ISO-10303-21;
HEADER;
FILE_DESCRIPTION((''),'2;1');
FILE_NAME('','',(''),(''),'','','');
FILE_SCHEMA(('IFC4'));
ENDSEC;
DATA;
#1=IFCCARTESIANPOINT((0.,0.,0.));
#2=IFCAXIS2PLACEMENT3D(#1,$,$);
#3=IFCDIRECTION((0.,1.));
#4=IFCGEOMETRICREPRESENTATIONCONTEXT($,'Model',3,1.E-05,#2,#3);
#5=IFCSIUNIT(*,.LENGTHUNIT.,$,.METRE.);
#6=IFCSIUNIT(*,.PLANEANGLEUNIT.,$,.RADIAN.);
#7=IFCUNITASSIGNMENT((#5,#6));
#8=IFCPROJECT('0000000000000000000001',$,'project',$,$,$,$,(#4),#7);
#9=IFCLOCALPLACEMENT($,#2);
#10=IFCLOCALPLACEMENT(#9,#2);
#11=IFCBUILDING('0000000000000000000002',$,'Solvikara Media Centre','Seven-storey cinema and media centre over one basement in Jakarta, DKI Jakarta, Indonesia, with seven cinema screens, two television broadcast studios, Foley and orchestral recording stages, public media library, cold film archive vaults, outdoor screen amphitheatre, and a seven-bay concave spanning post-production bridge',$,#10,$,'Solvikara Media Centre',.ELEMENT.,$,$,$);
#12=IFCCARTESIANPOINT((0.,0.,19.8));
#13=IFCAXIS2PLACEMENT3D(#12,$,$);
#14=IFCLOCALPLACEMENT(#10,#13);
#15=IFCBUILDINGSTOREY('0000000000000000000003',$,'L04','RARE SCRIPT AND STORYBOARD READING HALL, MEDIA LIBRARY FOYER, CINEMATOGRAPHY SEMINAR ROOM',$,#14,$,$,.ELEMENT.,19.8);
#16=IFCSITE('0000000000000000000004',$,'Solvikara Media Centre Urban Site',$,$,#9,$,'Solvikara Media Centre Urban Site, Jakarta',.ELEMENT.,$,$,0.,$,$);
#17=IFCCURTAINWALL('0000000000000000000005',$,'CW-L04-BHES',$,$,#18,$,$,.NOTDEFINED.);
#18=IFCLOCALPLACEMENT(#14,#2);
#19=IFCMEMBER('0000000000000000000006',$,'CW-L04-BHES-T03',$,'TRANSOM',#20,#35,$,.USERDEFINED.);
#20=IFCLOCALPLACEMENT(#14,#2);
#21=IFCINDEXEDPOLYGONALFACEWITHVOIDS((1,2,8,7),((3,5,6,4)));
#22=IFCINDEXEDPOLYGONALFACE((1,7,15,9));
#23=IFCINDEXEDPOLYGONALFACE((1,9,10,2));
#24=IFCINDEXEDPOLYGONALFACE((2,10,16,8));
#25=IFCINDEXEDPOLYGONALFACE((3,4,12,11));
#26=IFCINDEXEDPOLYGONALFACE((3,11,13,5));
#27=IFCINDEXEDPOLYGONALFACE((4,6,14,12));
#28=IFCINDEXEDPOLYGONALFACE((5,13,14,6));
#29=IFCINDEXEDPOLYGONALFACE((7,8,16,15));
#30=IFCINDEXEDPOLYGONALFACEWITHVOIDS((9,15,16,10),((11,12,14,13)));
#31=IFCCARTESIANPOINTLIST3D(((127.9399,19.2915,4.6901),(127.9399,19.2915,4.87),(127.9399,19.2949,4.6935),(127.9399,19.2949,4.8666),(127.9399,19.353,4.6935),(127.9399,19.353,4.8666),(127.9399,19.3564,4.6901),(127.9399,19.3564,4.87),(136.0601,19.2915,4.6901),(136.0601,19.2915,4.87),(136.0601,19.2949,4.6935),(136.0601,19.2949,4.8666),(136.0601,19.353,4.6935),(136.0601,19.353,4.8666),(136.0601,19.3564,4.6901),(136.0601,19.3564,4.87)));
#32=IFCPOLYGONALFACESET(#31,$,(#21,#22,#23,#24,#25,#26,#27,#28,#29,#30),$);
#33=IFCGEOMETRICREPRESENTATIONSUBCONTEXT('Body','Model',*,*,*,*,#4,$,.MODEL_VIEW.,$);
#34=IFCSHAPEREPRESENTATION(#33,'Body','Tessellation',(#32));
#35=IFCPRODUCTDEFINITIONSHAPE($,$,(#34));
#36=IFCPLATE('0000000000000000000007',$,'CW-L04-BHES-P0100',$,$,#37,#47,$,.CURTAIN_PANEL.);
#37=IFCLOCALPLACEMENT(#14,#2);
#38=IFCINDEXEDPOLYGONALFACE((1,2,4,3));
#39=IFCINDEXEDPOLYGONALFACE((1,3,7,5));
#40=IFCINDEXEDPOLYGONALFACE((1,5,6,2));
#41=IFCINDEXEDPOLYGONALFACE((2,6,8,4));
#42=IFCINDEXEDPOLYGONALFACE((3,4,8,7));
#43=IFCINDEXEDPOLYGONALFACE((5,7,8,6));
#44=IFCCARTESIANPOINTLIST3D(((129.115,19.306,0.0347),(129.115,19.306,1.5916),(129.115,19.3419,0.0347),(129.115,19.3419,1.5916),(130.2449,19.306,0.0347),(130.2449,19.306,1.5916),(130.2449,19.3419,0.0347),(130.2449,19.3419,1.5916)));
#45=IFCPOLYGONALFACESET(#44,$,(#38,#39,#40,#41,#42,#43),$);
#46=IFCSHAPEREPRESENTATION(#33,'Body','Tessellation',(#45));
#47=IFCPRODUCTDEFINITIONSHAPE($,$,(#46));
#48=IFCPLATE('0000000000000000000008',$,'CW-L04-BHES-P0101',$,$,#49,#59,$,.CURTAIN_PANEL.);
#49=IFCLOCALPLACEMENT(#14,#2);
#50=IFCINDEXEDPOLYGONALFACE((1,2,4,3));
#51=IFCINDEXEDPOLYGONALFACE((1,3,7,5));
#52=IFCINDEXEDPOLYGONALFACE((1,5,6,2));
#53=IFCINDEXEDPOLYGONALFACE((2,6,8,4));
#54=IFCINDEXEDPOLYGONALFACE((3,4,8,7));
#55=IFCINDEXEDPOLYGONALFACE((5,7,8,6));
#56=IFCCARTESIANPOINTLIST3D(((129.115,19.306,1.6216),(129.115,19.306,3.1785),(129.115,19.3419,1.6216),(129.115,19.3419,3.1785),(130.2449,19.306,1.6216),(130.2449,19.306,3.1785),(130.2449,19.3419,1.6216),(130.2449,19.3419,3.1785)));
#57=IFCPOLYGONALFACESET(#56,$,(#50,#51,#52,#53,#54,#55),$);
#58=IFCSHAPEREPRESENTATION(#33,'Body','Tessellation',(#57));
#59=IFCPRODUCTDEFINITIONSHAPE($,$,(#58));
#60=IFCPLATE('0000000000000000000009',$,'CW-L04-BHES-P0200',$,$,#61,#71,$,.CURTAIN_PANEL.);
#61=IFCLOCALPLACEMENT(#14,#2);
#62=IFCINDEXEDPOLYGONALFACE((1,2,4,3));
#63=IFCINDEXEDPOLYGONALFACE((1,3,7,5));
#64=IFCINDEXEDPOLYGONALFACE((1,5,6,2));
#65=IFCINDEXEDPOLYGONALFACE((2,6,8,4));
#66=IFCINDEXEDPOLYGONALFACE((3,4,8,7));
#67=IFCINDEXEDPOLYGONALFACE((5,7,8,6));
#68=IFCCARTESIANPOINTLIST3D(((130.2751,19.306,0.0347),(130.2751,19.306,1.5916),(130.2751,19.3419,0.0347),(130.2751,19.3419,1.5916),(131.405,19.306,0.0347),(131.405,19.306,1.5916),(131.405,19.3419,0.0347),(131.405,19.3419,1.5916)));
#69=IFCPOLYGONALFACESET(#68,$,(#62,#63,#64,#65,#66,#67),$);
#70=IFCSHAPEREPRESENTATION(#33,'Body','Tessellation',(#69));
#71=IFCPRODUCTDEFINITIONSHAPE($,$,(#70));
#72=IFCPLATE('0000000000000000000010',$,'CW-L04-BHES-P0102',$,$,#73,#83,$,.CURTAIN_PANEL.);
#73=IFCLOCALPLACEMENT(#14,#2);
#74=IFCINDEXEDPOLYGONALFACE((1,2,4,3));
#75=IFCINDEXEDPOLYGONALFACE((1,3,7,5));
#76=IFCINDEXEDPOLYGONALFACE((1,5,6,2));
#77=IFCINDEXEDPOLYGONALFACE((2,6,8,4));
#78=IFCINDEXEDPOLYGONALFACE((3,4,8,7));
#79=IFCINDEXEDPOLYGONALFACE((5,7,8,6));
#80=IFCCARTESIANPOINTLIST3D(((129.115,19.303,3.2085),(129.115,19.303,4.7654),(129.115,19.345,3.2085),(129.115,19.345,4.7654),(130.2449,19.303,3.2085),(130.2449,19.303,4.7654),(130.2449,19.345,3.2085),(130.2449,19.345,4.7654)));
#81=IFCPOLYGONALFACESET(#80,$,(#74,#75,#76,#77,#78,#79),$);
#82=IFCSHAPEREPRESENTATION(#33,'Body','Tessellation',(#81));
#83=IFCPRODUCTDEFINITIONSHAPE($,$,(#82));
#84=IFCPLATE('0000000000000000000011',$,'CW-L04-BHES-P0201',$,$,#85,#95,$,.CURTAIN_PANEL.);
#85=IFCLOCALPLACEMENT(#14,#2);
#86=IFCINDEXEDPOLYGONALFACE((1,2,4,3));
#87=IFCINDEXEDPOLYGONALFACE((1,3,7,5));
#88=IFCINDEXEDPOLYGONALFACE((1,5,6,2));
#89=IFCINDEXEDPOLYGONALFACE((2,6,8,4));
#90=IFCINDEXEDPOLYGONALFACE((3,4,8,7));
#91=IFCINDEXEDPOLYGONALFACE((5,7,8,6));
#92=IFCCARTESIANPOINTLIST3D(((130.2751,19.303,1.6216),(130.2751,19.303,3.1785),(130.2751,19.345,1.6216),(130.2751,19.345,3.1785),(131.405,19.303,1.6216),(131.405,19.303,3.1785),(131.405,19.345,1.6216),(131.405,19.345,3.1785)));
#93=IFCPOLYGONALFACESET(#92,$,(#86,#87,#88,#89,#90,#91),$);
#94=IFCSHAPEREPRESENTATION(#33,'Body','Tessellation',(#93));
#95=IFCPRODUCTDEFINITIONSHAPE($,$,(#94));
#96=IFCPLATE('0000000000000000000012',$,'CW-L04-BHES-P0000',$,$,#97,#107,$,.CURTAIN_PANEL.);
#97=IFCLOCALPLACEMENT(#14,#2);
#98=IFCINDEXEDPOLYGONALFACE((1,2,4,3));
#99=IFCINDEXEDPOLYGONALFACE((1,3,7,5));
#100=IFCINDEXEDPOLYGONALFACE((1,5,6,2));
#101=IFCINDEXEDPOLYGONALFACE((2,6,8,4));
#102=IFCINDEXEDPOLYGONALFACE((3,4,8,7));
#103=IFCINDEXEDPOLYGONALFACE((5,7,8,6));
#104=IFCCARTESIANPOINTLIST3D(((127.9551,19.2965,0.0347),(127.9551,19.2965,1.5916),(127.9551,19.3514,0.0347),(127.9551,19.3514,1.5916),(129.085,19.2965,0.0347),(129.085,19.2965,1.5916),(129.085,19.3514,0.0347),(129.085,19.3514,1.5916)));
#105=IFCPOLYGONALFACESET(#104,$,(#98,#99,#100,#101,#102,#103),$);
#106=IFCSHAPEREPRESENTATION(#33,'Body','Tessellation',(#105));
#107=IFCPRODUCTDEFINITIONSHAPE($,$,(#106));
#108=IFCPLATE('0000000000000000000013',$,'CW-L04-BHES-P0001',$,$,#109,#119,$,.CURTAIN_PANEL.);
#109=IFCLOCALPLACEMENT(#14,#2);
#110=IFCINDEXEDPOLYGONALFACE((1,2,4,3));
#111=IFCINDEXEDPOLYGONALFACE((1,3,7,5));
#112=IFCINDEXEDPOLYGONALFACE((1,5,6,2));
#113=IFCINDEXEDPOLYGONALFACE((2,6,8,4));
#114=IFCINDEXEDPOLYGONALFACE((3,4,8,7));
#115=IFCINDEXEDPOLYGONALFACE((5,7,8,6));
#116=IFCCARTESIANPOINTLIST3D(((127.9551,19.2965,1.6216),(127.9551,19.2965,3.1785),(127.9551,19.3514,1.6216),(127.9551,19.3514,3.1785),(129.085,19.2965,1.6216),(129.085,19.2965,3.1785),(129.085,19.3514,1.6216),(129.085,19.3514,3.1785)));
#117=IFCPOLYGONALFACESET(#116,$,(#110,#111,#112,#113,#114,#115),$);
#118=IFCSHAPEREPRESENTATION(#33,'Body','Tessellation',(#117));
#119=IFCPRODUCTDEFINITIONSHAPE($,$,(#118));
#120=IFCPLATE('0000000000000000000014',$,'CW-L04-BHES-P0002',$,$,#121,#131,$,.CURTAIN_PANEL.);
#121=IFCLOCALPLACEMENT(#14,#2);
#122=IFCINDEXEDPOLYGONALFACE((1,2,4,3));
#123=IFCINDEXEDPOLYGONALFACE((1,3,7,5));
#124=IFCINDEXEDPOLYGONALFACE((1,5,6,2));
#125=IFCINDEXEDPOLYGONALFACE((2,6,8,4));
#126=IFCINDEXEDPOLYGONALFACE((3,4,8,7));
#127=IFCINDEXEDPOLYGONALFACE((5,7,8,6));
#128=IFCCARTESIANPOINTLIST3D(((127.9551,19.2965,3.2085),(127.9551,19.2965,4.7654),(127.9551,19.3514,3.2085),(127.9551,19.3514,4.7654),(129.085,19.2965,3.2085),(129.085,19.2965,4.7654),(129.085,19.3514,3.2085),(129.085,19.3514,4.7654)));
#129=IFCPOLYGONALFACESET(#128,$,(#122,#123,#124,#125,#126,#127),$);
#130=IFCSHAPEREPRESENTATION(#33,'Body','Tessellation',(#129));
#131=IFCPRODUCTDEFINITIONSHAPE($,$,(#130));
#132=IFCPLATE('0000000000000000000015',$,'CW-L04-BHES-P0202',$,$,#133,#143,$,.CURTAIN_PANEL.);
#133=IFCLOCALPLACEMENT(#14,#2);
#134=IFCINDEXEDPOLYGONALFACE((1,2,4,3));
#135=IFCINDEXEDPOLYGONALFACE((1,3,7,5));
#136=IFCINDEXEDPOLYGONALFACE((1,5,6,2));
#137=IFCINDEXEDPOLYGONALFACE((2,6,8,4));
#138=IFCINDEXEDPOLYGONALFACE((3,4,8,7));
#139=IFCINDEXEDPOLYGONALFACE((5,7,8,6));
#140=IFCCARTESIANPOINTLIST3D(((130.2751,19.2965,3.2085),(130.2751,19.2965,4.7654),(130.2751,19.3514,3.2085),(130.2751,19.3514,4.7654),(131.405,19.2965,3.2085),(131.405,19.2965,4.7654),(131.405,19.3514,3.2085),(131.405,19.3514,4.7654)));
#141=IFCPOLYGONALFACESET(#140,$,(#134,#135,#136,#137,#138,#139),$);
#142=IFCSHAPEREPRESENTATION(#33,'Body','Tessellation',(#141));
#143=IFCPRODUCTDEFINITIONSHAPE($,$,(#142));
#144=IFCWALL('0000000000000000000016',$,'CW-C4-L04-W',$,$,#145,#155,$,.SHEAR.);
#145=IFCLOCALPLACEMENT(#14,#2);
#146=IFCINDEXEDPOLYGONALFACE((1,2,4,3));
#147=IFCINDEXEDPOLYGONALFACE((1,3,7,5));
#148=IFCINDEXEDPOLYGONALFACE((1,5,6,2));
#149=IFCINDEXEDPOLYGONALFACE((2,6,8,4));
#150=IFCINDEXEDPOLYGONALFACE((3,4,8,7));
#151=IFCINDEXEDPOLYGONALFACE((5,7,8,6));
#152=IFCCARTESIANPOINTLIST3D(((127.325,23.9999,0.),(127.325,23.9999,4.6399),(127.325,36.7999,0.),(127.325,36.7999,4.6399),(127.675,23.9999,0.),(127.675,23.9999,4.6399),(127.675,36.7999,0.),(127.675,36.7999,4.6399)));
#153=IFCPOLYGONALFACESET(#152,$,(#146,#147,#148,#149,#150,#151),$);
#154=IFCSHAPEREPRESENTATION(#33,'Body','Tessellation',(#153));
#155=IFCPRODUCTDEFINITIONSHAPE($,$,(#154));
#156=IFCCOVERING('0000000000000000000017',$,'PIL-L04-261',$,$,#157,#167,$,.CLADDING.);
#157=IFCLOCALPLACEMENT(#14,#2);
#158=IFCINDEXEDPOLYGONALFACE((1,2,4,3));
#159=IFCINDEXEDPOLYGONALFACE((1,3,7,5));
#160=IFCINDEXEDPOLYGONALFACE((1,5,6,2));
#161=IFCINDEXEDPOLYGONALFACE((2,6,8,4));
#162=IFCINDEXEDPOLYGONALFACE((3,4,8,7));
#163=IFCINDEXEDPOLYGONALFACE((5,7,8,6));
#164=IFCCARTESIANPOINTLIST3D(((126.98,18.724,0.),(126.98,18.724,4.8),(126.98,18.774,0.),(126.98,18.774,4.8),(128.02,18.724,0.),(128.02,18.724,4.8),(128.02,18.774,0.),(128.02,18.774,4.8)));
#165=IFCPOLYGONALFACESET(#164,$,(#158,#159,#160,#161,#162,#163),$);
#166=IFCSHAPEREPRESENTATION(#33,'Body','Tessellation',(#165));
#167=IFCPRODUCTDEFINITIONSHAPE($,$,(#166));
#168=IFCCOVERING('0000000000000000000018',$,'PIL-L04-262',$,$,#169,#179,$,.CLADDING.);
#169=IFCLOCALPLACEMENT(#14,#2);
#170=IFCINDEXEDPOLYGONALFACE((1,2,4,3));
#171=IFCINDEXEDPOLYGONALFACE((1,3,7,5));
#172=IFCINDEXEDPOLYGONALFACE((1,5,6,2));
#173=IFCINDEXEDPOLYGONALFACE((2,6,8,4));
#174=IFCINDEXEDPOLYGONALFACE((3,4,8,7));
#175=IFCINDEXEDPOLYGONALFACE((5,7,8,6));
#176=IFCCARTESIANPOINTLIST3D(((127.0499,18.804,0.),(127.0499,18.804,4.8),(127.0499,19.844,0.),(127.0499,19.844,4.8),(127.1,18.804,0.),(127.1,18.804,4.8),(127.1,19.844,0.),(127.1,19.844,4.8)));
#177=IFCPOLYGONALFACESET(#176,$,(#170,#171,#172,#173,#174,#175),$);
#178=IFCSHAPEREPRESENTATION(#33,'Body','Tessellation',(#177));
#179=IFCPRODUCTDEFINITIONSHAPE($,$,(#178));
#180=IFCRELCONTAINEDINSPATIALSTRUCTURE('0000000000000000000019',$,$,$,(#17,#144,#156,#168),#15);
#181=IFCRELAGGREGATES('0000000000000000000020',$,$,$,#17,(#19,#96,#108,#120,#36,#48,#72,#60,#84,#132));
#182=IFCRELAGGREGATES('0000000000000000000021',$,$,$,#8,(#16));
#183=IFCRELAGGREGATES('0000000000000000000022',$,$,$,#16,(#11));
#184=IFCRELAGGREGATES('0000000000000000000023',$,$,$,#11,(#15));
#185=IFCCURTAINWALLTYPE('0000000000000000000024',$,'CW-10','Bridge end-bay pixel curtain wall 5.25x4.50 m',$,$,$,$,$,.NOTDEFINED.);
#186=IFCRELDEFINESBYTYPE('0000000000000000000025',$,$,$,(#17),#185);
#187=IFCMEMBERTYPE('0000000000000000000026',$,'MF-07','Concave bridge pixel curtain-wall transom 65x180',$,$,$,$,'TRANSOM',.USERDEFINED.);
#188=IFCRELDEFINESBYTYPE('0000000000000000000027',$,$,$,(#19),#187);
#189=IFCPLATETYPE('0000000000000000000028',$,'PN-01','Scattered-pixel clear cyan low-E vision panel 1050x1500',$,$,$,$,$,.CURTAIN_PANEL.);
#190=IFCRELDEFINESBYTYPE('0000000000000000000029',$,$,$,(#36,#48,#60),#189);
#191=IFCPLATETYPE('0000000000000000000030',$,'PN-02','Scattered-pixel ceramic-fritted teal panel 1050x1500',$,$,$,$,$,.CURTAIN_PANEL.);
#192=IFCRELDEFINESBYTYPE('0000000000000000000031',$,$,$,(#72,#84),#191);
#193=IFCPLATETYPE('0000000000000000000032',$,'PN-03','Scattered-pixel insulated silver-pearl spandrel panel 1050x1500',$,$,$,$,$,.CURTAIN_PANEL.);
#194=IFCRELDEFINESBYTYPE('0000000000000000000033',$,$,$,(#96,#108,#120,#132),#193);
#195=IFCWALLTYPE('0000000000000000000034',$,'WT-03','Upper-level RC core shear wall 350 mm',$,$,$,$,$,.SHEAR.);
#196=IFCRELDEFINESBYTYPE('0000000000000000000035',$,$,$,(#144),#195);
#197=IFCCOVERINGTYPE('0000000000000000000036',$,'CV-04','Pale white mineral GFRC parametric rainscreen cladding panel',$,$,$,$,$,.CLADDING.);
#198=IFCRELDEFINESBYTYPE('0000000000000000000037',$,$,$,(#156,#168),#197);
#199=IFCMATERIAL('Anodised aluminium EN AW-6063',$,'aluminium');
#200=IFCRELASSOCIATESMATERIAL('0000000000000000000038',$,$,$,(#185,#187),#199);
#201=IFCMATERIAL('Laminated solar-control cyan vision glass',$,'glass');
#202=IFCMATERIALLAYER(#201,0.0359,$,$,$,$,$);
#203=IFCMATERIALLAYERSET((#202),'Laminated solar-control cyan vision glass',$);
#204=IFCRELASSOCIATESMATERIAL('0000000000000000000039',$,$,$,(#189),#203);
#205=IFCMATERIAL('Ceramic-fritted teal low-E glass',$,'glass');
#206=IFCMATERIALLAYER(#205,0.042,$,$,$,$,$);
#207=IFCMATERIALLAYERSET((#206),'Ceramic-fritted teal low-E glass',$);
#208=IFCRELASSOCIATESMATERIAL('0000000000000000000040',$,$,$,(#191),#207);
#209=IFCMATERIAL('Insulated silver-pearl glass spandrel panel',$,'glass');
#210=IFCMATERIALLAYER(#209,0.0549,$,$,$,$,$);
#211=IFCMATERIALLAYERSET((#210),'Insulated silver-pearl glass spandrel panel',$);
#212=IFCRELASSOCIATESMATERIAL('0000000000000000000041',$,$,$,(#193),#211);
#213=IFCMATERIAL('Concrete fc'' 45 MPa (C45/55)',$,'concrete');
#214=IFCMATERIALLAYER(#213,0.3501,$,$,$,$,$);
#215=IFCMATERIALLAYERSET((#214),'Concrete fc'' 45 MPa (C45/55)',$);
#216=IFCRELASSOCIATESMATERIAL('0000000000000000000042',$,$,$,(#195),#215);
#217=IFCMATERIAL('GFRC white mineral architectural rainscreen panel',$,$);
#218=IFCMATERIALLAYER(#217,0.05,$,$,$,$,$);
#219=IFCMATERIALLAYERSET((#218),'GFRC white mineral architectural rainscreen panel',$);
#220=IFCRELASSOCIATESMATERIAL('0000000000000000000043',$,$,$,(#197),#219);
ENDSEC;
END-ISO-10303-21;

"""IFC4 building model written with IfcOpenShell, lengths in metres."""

from ifc_helpers import new_model, si_unit, direction, frame, frame_2d, origin, origin_2d, place, context, subcontext, project, spatial, rectangle, hollow_rectangle, extrude, material, layer, layer_set, material_profile, profile_set, type_object, element, aggregate, save


model = new_model("IFC4")

# Units and contexts
model_context = context("Model", 3, precision=1e-05, world=origin(), true_north=direction((0.0, 1.0)))
body_context = subcontext(model_context, "Body", "Model", "MODEL_VIEW")
ifc_project = project(units=[si_unit("LENGTHUNIT", "METRE"), si_unit("PLANEANGLEUNIT", "RADIAN")], contexts=[model_context])

# Site, building, storey
site_placement = place(None, origin())
site = spatial("IfcSite", under=ifc_project, at=site_placement, Name="Solvikara Media Centre Urban Site", LongName="Solvikara Media Centre Urban Site, Jakarta", CompositionType="ELEMENT", RefElevation=0.0)
building_placement = place(site_placement, origin())
building = spatial("IfcBuilding", under=site, at=building_placement, Name="Solvikara Media Centre", Description="Seven-storey cinema and media centre over one basement in Jakarta, DKI Jakarta, Indonesia, with seven cinema screens, two television broadcast studios, Foley and orchestral recording stages, public media library, cold film archive vaults, outdoor screen amphitheatre, and a seven-bay concave spanning post-production bridge", LongName="Solvikara Media Centre", CompositionType="ELEMENT")
storey_placement = place(building_placement, frame((0.0, 0.0, 19.8)))
storey = spatial("IfcBuildingStorey", under=building, at=storey_placement, Name="L04", Description="RARE SCRIPT AND STORYBOARD READING HALL, MEDIA LIBRARY FOYER, CINEMATOGRAPHY SEMINAR ROOM", CompositionType="ELEMENT", Elevation=19.8)

# Shared definitions
ifc_material_1 = material(Name="Concrete fc' 45 MPa (C45/55)", Category="concrete")

# Curtain wall, member, plates
ifc_material_2 = material(Name="Anodised aluminium EN AW-6063", Category="aluminium")
curtain_wall_type = type_object("IfcCurtainWallType", Name="CW-10", Description="Bridge end-bay pixel curtain wall 5.25x4.50 m", PredefinedType="NOTDEFINED", material=ifc_material_2)
curtain_wall_placement = place(storey_placement, origin())
curtain_wall = element("IfcCurtainWall", 1, at=curtain_wall_placement, inside=storey, type_object=curtain_wall_type, Name="CW-L04-BHES", PredefinedType="NOTDEFINED")
ifc_material_profile_1 = material_profile(ifc_material_2, hollow_rectangle(XDim=0.0649, YDim=0.1799, WallThickness=0.0034, at=origin_2d()), Name="ALU-T 65x180x3.5")
ifc_profile_set_1 = profile_set([ifc_material_profile_1], Name="Anodised aluminium EN AW-6063")
member_type_1 = type_object("IfcMemberType", Name="MF-07", Description="Concave bridge pixel curtain-wall transom 65x180", ElementType="TRANSOM", PredefinedType="USERDEFINED", material=ifc_profile_set_1)
member_1_placement = place(storey_placement, frame((127.9399, 19.324, 4.78), z_axis=(1.0, 0.0, 0.0), x_axis=(0.0, 1.0, 0.0)))
member_1 = element("IfcMember", 2, at=member_1_placement, type_object=member_type_1, Name="CW-L04-BHES-T03", ObjectType="TRANSOM", PredefinedType="USERDEFINED", context=body_context, shape_type="SweptSolid", body=[
    extrude(hollow_rectangle(XDim=0.0649, YDim=0.1799, WallThickness=0.0034, at=origin_2d()), origin(), (0.0, 0.0, 1.0), 8.1201),
])
ifc_material_3 = material(Name="Laminated solar-control cyan vision glass", Category="glass")
ifc_layer_1 = layer(ifc_material_3, 0.0359)
ifc_layer_set_1 = layer_set([ifc_layer_1], Name="Laminated solar-control cyan vision glass")
plate_type_1 = type_object("IfcPlateType", Name="PN-01", Description="Scattered-pixel clear cyan low-E vision panel 1050x1500", PredefinedType="CURTAIN_PANEL", material=ifc_layer_set_1)
plate_1_placement = place(storey_placement, frame((129.6799, 19.324, 0.0347), z_axis=(0.0, 0.0, 1.0), x_axis=(1.0, 0.0, 0.0)))
plate_1 = element("IfcPlate", 3, at=plate_1_placement, type_object=plate_type_1, Name="CW-L04-BHES-P0100", PredefinedType="CURTAIN_PANEL", context=body_context, shape_type="SweptSolid", body=[
    extrude(rectangle(XDim=1.1299, YDim=0.0359, at=origin_2d()), origin(), (0.0, 0.0, 1.0), 1.5569),
])
plate_2_placement = place(storey_placement, frame((129.6799, 19.324, 1.6216), z_axis=(0.0, 0.0, 1.0), x_axis=(1.0, 0.0, 0.0)))
plate_2 = element("IfcPlate", 4, at=plate_2_placement, type_object=plate_type_1, Name="CW-L04-BHES-P0101", PredefinedType="CURTAIN_PANEL", context=body_context, shape_type="SweptSolid", body=[
    extrude(rectangle(XDim=1.1299, YDim=0.0359, at=origin_2d()), origin(), (0.0, 0.0, 1.0), 1.5569),
])
plate_3_placement = place(storey_placement, frame((130.8401, 19.324, 0.0347), z_axis=(0.0, 0.0, 1.0), x_axis=(1.0, 0.0, 0.0)))
plate_3 = element("IfcPlate", 5, at=plate_3_placement, type_object=plate_type_1, Name="CW-L04-BHES-P0200", PredefinedType="CURTAIN_PANEL", context=body_context, shape_type="SweptSolid", body=[
    extrude(rectangle(XDim=1.1299, YDim=0.0359, at=origin_2d()), origin(), (0.0, 0.0, 1.0), 1.5569),
])
ifc_material_4 = material(Name="Ceramic-fritted teal low-E glass", Category="glass")
ifc_layer_2 = layer(ifc_material_4, 0.042)
ifc_layer_set_2 = layer_set([ifc_layer_2], Name="Ceramic-fritted teal low-E glass")
plate_type_2 = type_object("IfcPlateType", Name="PN-02", Description="Scattered-pixel ceramic-fritted teal panel 1050x1500", PredefinedType="CURTAIN_PANEL", material=ifc_layer_set_2)
plate_4_placement = place(storey_placement, frame((129.6799, 19.324, 3.2085), z_axis=(0.0, 0.0, 1.0), x_axis=(1.0, 0.0, 0.0)))
plate_4 = element("IfcPlate", 6, at=plate_4_placement, type_object=plate_type_2, Name="CW-L04-BHES-P0102", PredefinedType="CURTAIN_PANEL", context=body_context, shape_type="SweptSolid", body=[
    extrude(rectangle(XDim=1.1299, YDim=0.042, at=origin_2d()), origin(), (0.0, 0.0, 1.0), 1.5569),
])
plate_5_placement = place(storey_placement, frame((130.8401, 19.324, 1.6216), z_axis=(0.0, 0.0, 1.0), x_axis=(1.0, 0.0, 0.0)))
plate_5 = element("IfcPlate", 7, at=plate_5_placement, type_object=plate_type_2, Name="CW-L04-BHES-P0201", PredefinedType="CURTAIN_PANEL", context=body_context, shape_type="SweptSolid", body=[
    extrude(rectangle(XDim=1.1299, YDim=0.042, at=origin_2d()), origin(), (0.0, 0.0, 1.0), 1.5569),
])
ifc_material_5 = material(Name="Insulated silver-pearl glass spandrel panel", Category="glass")
ifc_layer_3 = layer(ifc_material_5, 0.0549)
ifc_layer_set_3 = layer_set([ifc_layer_3], Name="Insulated silver-pearl glass spandrel panel")
plate_type_3 = type_object("IfcPlateType", Name="PN-03", Description="Scattered-pixel insulated silver-pearl spandrel panel 1050x1500", PredefinedType="CURTAIN_PANEL", material=ifc_layer_set_3)
plate_6_placement = place(storey_placement, frame((128.52, 19.324, 0.0347), z_axis=(0.0, 0.0, 1.0), x_axis=(1.0, 0.0, 0.0)))
plate_6 = element("IfcPlate", 8, at=plate_6_placement, type_object=plate_type_3, Name="CW-L04-BHES-P0000", PredefinedType="CURTAIN_PANEL", context=body_context, shape_type="SweptSolid", body=[
    extrude(rectangle(XDim=1.1299, YDim=0.0549, at=origin_2d()), origin(), (0.0, 0.0, 1.0), 1.5569),
])
plate_7_placement = place(storey_placement, frame((128.52, 19.324, 1.6216), z_axis=(0.0, 0.0, 1.0), x_axis=(1.0, 0.0, 0.0)))
plate_7 = element("IfcPlate", 9, at=plate_7_placement, type_object=plate_type_3, Name="CW-L04-BHES-P0001", PredefinedType="CURTAIN_PANEL", context=body_context, shape_type="SweptSolid", body=[
    extrude(rectangle(XDim=1.1299, YDim=0.0549, at=origin_2d()), origin(), (0.0, 0.0, 1.0), 1.5569),
])
plate_8_placement = place(storey_placement, frame((128.52, 19.324, 3.2085), z_axis=(0.0, 0.0, 1.0), x_axis=(1.0, 0.0, 0.0)))
plate_8 = element("IfcPlate", 10, at=plate_8_placement, type_object=plate_type_3, Name="CW-L04-BHES-P0002", PredefinedType="CURTAIN_PANEL", context=body_context, shape_type="SweptSolid", body=[
    extrude(rectangle(XDim=1.1299, YDim=0.0549, at=origin_2d()), origin(), (0.0, 0.0, 1.0), 1.5569),
])
plate_9_placement = place(storey_placement, frame((130.8401, 19.324, 3.2085), z_axis=(0.0, 0.0, 1.0), x_axis=(1.0, 0.0, 0.0)))
plate_9 = element("IfcPlate", 11, at=plate_9_placement, type_object=plate_type_3, Name="CW-L04-BHES-P0202", PredefinedType="CURTAIN_PANEL", context=body_context, shape_type="SweptSolid", body=[
    extrude(rectangle(XDim=1.1299, YDim=0.0549, at=origin_2d()), origin(), (0.0, 0.0, 1.0), 1.5569),
])
aggregate(curtain_wall, [member_1, plate_6, plate_7, plate_8, plate_1, plate_2, plate_4, plate_3, plate_5, plate_9])

# Wall
ifc_layer_4 = layer(ifc_material_1, 0.3501)
ifc_layer_set_4 = layer_set([ifc_layer_4], Name="Concrete fc' 45 MPa (C45/55)")
wall_type = type_object("IfcWallType", Name="WT-03", Description="Upper-level RC core shear wall 350 mm", PredefinedType="SHEAR", material=ifc_layer_set_4)
wall_placement = place(storey_placement, frame((127.5, 24.0, 0.0), z_axis=(0.0, 0.0, 1.0), x_axis=(0.0, 1.0, 0.0)))
element("IfcWall", 12, at=wall_placement, inside=storey, type_object=wall_type, Name="CW-C4-L04-W", PredefinedType="SHEAR", context=body_context, shape_type="SweptSolid", body=[
    extrude(rectangle(XDim=12.8, YDim=0.3501, at=frame_2d((6.3999, 0.0))), origin(), (0.0, 0.0, 1.0), 4.6399),
])

# Coverings
ifc_material_6 = material(Name="GFRC white mineral architectural rainscreen panel")
ifc_layer_5 = layer(ifc_material_6, 0.05)
ifc_layer_set_5 = layer_set([ifc_layer_5], Name="GFRC white mineral architectural rainscreen panel")
covering_type_1 = type_object("IfcCoveringType", Name="CV-04", Description="Pale white mineral GFRC parametric rainscreen cladding panel", PredefinedType="CLADDING", material=ifc_layer_set_5)
for number, where, z_axis, x_axis, name in (
    (13, (127.5, 18.749, 0.0), (0.0, 0.0, 1.0), (1.0, 0.0, 0.0), "PIL-L04-261"),
    (14, (127.075, 19.324, 0.0), (0.0, 0.0, 1.0), (0.0, -1.0, 0.0), "PIL-L04-262"),
):
    element("IfcCovering", number, at=place(storey_placement, frame(where, z_axis=z_axis, x_axis=x_axis)), inside=storey, type_object=covering_type_1, Name=name, PredefinedType="CLADDING", context=body_context, shape_type="SweptSolid", body=[
        extrude(rectangle(XDim=1.04, YDim=0.05, at=origin_2d()), origin(), (0.0, 0.0, 1.0), 4.8),
    ])

save(model, "model.ifc")
